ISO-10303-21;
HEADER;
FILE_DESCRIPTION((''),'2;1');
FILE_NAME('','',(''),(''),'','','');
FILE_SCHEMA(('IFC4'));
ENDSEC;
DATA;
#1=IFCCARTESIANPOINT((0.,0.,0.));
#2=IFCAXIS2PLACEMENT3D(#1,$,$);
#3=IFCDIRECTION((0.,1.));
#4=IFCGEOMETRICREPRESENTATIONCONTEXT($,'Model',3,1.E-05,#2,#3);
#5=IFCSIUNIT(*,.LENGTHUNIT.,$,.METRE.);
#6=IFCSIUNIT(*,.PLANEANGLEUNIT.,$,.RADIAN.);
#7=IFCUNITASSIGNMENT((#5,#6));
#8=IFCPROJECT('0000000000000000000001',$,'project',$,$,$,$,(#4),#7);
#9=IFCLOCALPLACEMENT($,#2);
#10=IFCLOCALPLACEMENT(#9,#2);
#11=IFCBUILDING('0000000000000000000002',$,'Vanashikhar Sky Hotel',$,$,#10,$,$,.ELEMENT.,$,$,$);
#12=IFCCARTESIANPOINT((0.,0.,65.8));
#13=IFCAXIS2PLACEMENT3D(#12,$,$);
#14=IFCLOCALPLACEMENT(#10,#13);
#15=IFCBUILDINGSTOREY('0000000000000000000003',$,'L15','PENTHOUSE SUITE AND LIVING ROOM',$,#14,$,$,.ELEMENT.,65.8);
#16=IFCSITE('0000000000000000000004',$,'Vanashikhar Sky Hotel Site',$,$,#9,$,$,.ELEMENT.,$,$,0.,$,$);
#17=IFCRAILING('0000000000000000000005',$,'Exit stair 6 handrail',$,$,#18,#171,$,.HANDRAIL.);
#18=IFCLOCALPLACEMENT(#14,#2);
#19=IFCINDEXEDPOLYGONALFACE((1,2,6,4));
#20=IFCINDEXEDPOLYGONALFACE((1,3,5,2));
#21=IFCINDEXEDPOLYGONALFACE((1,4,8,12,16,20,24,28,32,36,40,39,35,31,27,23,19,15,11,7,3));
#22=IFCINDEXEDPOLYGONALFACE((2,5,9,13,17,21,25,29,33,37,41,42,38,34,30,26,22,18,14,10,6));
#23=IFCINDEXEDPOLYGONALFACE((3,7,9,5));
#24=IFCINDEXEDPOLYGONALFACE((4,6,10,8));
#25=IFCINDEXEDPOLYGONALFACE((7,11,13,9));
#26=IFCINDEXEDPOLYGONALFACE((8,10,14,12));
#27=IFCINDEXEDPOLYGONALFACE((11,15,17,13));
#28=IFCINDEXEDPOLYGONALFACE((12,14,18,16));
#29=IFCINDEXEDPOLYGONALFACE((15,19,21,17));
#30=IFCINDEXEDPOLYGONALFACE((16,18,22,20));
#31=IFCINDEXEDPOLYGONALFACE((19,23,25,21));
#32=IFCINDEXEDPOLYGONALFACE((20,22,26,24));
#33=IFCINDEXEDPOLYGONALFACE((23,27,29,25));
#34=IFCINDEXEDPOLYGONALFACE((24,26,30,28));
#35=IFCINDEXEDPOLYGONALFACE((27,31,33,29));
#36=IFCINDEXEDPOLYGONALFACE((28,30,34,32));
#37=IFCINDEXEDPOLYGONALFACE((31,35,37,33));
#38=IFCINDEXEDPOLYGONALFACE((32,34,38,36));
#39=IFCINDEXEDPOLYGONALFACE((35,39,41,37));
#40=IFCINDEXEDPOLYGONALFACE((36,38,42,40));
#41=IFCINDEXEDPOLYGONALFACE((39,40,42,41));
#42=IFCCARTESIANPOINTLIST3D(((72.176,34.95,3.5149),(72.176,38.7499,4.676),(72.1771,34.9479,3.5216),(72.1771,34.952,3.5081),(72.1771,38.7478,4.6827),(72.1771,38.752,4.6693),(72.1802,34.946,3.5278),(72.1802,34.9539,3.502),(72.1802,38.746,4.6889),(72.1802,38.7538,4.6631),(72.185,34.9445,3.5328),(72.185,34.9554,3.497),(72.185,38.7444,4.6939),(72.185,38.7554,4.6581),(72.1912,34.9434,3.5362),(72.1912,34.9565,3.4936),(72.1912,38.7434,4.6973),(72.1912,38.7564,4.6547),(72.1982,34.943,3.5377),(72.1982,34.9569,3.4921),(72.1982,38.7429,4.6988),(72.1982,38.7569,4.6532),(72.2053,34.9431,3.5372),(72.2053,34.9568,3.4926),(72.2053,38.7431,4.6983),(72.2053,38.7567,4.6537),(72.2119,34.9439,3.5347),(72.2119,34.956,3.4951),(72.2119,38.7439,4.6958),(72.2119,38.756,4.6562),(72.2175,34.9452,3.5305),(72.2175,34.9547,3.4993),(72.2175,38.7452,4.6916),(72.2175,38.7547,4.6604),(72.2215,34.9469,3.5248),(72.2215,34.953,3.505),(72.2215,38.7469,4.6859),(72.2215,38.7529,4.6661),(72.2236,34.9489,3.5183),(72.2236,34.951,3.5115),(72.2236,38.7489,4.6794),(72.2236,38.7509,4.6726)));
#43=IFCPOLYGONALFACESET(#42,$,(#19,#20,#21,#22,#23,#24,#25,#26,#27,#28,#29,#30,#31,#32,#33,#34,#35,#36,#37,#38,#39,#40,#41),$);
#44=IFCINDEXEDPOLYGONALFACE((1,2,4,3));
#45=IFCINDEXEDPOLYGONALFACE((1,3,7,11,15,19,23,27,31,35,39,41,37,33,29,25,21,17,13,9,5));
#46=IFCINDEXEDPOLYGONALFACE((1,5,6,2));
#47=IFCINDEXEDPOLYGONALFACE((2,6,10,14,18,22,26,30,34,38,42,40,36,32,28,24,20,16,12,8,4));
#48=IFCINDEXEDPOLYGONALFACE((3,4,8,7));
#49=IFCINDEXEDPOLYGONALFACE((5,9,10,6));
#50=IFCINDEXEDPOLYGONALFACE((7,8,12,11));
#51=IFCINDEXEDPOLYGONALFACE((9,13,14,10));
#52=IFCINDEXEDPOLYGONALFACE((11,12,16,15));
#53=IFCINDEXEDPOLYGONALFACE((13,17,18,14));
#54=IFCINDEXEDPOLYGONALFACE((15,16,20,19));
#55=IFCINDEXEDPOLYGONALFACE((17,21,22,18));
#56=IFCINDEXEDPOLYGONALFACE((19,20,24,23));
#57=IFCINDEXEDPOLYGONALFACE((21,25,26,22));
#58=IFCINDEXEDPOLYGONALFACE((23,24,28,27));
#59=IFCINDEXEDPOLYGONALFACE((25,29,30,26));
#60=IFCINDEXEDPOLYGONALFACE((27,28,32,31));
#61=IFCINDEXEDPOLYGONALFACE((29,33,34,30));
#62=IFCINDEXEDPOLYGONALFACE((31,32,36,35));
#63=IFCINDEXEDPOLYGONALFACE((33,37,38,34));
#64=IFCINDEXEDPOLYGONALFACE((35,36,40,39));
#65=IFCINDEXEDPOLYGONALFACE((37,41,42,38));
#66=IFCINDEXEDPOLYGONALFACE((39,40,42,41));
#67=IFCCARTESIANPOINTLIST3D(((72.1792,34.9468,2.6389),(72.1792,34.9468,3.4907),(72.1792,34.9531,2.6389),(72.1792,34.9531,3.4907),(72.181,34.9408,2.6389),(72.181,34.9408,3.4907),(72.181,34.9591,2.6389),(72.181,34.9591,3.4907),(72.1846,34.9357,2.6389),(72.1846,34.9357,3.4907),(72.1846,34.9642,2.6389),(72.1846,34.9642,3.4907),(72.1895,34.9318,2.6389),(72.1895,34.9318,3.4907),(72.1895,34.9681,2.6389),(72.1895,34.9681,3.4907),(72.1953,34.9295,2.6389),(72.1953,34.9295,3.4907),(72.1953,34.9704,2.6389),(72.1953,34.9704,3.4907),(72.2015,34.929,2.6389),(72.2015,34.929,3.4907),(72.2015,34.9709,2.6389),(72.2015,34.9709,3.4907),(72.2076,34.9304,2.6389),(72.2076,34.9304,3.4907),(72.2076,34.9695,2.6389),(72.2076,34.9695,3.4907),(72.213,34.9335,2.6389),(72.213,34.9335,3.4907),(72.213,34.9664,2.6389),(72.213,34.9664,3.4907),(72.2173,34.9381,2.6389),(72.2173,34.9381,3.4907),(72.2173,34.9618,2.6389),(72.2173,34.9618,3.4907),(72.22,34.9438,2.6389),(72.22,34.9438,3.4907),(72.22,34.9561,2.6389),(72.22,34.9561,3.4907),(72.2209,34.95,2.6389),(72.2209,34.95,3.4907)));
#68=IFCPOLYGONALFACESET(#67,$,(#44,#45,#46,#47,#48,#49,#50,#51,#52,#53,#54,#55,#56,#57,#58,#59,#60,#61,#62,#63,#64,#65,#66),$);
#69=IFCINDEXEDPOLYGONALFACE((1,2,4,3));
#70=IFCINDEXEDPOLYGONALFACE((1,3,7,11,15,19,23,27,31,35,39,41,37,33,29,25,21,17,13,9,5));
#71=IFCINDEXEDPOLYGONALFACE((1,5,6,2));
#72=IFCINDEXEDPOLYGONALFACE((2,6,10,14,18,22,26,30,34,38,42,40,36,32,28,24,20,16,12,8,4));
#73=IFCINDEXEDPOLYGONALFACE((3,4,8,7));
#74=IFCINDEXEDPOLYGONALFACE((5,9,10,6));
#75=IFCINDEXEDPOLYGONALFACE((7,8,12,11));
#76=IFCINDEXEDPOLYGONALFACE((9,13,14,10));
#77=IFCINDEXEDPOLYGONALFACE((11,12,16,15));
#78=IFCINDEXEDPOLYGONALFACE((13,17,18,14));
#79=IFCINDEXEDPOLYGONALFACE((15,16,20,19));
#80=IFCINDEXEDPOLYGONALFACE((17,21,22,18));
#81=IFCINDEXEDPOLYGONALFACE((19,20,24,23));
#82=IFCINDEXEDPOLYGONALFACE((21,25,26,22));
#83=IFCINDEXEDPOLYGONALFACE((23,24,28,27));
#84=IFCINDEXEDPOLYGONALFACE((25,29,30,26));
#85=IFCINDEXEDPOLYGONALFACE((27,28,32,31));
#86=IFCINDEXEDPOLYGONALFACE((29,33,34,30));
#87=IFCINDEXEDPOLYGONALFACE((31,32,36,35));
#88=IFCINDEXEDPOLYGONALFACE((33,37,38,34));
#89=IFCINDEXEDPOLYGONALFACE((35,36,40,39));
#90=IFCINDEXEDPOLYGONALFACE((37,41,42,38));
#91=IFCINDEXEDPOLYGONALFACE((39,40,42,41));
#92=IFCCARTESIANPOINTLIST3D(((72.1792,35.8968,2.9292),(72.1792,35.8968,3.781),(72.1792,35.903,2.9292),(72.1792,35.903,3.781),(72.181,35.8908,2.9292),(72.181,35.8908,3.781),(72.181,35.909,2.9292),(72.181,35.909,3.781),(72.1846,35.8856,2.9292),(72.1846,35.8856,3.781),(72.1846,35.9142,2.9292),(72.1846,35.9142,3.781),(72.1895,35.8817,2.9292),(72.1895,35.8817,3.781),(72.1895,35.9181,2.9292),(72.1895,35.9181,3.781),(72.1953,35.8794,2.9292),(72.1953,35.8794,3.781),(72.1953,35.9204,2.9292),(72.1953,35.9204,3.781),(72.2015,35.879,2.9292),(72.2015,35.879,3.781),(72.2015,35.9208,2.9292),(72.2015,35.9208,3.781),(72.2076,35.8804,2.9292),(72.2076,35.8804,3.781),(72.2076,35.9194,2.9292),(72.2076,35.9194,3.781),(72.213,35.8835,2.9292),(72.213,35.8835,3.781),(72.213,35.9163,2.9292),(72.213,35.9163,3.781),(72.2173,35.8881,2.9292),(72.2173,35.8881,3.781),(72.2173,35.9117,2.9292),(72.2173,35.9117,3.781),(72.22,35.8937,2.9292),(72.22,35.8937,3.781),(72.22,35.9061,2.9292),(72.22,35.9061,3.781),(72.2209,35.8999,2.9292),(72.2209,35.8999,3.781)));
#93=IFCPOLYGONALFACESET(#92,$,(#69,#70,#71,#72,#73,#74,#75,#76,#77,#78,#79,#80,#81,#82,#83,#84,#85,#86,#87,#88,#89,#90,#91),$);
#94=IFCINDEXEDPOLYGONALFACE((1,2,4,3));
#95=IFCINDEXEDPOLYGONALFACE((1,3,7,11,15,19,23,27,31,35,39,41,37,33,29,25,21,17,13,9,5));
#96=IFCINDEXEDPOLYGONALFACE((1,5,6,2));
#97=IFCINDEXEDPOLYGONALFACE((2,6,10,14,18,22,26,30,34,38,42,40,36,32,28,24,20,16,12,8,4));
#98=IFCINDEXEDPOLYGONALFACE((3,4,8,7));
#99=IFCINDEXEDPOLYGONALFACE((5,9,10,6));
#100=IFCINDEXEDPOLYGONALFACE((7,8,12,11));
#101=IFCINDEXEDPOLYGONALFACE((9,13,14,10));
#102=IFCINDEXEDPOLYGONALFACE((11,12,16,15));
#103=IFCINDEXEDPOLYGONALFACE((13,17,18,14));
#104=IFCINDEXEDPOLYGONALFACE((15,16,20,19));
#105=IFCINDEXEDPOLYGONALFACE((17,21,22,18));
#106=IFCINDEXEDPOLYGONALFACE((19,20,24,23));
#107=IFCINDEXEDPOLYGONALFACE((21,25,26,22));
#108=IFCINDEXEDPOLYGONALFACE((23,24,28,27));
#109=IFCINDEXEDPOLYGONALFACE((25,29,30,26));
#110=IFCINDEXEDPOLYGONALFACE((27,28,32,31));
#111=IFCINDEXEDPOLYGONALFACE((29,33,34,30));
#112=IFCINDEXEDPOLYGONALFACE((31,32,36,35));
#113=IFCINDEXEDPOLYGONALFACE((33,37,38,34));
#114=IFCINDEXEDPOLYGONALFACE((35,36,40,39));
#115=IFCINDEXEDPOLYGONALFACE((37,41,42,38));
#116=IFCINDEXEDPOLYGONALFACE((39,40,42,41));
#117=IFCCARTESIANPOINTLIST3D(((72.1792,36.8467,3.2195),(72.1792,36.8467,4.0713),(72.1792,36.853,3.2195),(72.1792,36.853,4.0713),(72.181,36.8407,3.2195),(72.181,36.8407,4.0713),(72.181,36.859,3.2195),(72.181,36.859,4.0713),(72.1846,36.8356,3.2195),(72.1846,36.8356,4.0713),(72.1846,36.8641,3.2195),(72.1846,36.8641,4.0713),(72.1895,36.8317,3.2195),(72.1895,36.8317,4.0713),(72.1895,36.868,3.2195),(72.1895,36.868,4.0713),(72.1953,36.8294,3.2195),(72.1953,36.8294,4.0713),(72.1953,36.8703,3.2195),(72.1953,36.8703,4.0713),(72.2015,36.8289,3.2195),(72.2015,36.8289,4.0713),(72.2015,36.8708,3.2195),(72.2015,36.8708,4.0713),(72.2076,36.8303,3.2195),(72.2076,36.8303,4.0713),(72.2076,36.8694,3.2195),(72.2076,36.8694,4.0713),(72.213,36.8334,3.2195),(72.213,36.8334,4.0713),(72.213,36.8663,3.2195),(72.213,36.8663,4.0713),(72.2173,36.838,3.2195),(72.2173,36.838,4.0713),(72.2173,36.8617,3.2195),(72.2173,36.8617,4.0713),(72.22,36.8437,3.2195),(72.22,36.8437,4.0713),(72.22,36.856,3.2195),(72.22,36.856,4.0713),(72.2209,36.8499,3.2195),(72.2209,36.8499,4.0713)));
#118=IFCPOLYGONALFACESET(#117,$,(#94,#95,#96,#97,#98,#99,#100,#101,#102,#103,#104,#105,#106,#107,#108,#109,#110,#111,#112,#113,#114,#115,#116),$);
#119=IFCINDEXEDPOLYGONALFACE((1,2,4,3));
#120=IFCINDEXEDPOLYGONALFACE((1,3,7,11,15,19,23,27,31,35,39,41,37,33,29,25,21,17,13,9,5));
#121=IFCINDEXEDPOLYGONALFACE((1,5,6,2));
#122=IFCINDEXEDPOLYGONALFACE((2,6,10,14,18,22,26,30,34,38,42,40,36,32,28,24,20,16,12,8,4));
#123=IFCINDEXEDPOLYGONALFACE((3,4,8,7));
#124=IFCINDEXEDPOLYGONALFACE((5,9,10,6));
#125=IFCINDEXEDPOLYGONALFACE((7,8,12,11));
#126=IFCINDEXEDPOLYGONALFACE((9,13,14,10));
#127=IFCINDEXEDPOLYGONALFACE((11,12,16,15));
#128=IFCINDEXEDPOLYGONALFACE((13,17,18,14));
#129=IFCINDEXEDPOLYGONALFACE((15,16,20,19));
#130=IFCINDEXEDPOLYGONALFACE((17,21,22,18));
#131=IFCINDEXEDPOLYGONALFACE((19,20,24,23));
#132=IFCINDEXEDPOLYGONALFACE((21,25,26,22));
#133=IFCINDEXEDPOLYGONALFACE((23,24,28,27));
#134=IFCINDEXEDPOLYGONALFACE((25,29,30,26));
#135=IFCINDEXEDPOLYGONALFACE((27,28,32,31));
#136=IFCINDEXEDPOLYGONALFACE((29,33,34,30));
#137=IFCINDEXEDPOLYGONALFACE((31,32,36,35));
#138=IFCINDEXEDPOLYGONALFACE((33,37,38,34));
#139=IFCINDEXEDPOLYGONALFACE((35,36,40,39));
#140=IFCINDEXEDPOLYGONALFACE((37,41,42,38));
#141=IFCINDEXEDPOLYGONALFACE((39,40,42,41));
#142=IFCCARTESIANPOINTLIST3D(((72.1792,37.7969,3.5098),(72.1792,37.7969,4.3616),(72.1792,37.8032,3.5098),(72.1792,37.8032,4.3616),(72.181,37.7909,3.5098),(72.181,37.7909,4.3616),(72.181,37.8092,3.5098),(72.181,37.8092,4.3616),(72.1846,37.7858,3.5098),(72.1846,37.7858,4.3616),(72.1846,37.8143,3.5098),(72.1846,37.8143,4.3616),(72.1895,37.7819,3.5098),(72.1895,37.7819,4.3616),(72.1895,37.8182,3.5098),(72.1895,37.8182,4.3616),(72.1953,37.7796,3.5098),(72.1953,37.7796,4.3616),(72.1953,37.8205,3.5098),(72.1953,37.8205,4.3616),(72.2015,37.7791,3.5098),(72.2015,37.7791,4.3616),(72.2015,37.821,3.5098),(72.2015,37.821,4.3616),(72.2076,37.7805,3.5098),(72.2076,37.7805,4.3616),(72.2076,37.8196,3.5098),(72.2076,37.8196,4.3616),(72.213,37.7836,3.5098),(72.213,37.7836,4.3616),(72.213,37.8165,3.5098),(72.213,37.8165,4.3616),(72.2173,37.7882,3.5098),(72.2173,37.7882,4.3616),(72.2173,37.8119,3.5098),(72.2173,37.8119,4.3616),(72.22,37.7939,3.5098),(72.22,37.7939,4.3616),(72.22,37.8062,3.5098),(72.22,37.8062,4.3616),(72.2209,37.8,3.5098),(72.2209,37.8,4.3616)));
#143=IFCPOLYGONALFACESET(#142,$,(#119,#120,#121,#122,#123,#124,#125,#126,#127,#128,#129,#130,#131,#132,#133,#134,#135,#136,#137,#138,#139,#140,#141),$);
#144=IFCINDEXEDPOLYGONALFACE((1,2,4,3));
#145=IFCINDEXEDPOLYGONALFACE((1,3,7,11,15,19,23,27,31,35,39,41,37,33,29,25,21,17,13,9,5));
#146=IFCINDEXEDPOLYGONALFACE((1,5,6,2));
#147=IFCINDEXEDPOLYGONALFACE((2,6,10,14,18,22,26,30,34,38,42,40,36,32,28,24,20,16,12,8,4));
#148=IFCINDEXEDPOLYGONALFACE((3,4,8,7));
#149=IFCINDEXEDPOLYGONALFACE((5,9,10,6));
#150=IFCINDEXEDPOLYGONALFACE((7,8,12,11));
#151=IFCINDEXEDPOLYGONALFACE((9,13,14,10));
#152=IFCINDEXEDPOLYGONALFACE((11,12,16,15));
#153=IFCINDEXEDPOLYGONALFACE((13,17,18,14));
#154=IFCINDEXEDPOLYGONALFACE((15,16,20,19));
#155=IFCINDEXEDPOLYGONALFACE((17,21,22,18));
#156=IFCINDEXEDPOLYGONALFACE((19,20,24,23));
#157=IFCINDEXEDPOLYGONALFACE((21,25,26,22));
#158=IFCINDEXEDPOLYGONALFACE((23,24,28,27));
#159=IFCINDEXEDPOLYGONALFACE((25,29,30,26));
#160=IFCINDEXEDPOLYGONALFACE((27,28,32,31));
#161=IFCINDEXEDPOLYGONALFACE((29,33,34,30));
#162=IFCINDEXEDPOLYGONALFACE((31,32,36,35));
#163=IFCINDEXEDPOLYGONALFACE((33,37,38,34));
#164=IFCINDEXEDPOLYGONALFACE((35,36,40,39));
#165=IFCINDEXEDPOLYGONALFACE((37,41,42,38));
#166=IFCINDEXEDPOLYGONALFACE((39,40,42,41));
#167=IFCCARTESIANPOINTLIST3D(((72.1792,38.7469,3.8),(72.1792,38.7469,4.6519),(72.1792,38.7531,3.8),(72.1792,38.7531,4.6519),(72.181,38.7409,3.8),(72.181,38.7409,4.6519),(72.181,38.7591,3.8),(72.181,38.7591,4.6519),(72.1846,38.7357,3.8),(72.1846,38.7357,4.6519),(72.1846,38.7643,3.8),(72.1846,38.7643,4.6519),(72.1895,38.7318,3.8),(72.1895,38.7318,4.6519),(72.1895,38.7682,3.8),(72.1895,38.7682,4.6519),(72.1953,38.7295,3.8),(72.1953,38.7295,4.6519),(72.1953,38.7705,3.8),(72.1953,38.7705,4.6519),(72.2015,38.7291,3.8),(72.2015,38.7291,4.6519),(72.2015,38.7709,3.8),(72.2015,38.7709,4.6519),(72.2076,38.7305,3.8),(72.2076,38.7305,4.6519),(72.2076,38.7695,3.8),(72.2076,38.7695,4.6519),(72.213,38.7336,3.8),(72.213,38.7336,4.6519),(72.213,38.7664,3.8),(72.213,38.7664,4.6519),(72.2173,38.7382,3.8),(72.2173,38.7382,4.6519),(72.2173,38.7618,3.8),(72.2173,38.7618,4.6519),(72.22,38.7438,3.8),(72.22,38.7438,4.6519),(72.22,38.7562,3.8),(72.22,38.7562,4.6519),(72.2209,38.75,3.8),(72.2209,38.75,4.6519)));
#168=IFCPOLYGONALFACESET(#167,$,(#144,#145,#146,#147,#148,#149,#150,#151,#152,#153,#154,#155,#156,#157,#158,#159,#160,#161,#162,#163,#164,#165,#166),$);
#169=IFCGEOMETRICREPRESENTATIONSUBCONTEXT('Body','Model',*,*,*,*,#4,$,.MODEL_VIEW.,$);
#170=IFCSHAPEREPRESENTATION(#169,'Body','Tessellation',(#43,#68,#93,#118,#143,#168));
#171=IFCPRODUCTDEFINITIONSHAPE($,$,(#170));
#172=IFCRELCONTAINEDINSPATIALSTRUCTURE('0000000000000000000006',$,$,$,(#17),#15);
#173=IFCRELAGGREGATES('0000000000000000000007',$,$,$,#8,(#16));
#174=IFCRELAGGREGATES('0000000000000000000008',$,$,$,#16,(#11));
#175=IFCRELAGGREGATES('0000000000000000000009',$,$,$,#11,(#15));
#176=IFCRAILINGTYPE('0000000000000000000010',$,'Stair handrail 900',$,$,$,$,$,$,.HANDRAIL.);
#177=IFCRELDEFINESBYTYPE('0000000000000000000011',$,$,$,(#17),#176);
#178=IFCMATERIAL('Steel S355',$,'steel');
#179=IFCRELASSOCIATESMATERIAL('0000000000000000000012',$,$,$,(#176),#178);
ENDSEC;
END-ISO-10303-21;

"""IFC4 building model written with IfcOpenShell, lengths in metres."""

from ifc_helpers import new_model, si_unit, direction, frame, origin, origin_2d, place, context, subcontext, project, spatial, circle, extrude, source, transform, mapped, material, type_object, element, save


model = new_model("IFC4")

# Units and contexts
model_context = context("Model", 3, precision=1e-05, world=origin(), true_north=direction((0.0, 1.0)))
body_context = subcontext(model_context, "Body", "Model", "MODEL_VIEW")
ifc_project = project(units=[si_unit("LENGTHUNIT", "METRE"), si_unit("PLANEANGLEUNIT", "RADIAN")], contexts=[model_context])

# Site, building, storey
site_placement = place(None, origin())
site = spatial("IfcSite", under=ifc_project, at=site_placement, Name="Vanashikhar Sky Hotel Site", CompositionType="ELEMENT", RefElevation=0.0)
building_placement = place(site_placement, origin())
building = spatial("IfcBuilding", under=site, at=building_placement, Name="Vanashikhar Sky Hotel", CompositionType="ELEMENT")
storey_placement = place(building_placement, frame((0.0, 0.0, 65.8)))
storey = spatial("IfcBuildingStorey", under=building, at=storey_placement, Name="L15", Description="PENTHOUSE SUITE AND LIVING ROOM", CompositionType="ELEMENT", Elevation=65.8)

# Railing
ifc_material_1 = material(Name="Steel S355", Category="steel")
railing_type_1 = type_object("IfcRailingType", Name="Stair handrail 900", PredefinedType="HANDRAIL", material=ifc_material_1)
shared_shape_1 = source(origin(), body_context, "Body", "SweptSolid", [
    extrude(circle(Radius=0.0239, at=origin_2d()), frame((0.0, 0.0, 0.876), z_axis=(0.0, 0.956351, 0.29222), x_axis=(-1.0, 0.0, 0.0)), (0.0, 0.0, 1.0), 3.9734),
    extrude(circle(Radius=0.021, at=origin_2d()), origin(), (0.0, 0.0, 1.0), 0.8518),
    extrude(circle(Radius=0.021, at=origin_2d()), frame((0.0, 0.95, 0.2903)), (0.0, 0.0, 1.0), 0.8518),
    extrude(circle(Radius=0.021, at=origin_2d()), frame((0.0, 1.8999, 0.5806)), (0.0, 0.0, 1.0), 0.8518),
    extrude(circle(Radius=0.021, at=origin_2d()), frame((0.0, 2.8501, 0.8708)), (0.0, 0.0, 1.0), 0.8518),
    extrude(circle(Radius=0.021, at=origin_2d()), frame((0.0, 3.8, 1.1611)), (0.0, 0.0, 1.0), 0.8518),
])
for number, where, name in (
    (1, (72.2, 34.95, 2.6389), "Exit stair 6 handrail"),
):
    element("IfcRailing", number, at=place(storey_placement, frame(where)), inside=storey, type_object=railing_type_1, Name=name, PredefinedType="HANDRAIL", context=body_context, shape_type="MappedRepresentation", body=[
        mapped(shared_shape_1, transform((0.0, 0.0, 0.0), scale=1.0)),
    ])

save(model, "model.ifc")
